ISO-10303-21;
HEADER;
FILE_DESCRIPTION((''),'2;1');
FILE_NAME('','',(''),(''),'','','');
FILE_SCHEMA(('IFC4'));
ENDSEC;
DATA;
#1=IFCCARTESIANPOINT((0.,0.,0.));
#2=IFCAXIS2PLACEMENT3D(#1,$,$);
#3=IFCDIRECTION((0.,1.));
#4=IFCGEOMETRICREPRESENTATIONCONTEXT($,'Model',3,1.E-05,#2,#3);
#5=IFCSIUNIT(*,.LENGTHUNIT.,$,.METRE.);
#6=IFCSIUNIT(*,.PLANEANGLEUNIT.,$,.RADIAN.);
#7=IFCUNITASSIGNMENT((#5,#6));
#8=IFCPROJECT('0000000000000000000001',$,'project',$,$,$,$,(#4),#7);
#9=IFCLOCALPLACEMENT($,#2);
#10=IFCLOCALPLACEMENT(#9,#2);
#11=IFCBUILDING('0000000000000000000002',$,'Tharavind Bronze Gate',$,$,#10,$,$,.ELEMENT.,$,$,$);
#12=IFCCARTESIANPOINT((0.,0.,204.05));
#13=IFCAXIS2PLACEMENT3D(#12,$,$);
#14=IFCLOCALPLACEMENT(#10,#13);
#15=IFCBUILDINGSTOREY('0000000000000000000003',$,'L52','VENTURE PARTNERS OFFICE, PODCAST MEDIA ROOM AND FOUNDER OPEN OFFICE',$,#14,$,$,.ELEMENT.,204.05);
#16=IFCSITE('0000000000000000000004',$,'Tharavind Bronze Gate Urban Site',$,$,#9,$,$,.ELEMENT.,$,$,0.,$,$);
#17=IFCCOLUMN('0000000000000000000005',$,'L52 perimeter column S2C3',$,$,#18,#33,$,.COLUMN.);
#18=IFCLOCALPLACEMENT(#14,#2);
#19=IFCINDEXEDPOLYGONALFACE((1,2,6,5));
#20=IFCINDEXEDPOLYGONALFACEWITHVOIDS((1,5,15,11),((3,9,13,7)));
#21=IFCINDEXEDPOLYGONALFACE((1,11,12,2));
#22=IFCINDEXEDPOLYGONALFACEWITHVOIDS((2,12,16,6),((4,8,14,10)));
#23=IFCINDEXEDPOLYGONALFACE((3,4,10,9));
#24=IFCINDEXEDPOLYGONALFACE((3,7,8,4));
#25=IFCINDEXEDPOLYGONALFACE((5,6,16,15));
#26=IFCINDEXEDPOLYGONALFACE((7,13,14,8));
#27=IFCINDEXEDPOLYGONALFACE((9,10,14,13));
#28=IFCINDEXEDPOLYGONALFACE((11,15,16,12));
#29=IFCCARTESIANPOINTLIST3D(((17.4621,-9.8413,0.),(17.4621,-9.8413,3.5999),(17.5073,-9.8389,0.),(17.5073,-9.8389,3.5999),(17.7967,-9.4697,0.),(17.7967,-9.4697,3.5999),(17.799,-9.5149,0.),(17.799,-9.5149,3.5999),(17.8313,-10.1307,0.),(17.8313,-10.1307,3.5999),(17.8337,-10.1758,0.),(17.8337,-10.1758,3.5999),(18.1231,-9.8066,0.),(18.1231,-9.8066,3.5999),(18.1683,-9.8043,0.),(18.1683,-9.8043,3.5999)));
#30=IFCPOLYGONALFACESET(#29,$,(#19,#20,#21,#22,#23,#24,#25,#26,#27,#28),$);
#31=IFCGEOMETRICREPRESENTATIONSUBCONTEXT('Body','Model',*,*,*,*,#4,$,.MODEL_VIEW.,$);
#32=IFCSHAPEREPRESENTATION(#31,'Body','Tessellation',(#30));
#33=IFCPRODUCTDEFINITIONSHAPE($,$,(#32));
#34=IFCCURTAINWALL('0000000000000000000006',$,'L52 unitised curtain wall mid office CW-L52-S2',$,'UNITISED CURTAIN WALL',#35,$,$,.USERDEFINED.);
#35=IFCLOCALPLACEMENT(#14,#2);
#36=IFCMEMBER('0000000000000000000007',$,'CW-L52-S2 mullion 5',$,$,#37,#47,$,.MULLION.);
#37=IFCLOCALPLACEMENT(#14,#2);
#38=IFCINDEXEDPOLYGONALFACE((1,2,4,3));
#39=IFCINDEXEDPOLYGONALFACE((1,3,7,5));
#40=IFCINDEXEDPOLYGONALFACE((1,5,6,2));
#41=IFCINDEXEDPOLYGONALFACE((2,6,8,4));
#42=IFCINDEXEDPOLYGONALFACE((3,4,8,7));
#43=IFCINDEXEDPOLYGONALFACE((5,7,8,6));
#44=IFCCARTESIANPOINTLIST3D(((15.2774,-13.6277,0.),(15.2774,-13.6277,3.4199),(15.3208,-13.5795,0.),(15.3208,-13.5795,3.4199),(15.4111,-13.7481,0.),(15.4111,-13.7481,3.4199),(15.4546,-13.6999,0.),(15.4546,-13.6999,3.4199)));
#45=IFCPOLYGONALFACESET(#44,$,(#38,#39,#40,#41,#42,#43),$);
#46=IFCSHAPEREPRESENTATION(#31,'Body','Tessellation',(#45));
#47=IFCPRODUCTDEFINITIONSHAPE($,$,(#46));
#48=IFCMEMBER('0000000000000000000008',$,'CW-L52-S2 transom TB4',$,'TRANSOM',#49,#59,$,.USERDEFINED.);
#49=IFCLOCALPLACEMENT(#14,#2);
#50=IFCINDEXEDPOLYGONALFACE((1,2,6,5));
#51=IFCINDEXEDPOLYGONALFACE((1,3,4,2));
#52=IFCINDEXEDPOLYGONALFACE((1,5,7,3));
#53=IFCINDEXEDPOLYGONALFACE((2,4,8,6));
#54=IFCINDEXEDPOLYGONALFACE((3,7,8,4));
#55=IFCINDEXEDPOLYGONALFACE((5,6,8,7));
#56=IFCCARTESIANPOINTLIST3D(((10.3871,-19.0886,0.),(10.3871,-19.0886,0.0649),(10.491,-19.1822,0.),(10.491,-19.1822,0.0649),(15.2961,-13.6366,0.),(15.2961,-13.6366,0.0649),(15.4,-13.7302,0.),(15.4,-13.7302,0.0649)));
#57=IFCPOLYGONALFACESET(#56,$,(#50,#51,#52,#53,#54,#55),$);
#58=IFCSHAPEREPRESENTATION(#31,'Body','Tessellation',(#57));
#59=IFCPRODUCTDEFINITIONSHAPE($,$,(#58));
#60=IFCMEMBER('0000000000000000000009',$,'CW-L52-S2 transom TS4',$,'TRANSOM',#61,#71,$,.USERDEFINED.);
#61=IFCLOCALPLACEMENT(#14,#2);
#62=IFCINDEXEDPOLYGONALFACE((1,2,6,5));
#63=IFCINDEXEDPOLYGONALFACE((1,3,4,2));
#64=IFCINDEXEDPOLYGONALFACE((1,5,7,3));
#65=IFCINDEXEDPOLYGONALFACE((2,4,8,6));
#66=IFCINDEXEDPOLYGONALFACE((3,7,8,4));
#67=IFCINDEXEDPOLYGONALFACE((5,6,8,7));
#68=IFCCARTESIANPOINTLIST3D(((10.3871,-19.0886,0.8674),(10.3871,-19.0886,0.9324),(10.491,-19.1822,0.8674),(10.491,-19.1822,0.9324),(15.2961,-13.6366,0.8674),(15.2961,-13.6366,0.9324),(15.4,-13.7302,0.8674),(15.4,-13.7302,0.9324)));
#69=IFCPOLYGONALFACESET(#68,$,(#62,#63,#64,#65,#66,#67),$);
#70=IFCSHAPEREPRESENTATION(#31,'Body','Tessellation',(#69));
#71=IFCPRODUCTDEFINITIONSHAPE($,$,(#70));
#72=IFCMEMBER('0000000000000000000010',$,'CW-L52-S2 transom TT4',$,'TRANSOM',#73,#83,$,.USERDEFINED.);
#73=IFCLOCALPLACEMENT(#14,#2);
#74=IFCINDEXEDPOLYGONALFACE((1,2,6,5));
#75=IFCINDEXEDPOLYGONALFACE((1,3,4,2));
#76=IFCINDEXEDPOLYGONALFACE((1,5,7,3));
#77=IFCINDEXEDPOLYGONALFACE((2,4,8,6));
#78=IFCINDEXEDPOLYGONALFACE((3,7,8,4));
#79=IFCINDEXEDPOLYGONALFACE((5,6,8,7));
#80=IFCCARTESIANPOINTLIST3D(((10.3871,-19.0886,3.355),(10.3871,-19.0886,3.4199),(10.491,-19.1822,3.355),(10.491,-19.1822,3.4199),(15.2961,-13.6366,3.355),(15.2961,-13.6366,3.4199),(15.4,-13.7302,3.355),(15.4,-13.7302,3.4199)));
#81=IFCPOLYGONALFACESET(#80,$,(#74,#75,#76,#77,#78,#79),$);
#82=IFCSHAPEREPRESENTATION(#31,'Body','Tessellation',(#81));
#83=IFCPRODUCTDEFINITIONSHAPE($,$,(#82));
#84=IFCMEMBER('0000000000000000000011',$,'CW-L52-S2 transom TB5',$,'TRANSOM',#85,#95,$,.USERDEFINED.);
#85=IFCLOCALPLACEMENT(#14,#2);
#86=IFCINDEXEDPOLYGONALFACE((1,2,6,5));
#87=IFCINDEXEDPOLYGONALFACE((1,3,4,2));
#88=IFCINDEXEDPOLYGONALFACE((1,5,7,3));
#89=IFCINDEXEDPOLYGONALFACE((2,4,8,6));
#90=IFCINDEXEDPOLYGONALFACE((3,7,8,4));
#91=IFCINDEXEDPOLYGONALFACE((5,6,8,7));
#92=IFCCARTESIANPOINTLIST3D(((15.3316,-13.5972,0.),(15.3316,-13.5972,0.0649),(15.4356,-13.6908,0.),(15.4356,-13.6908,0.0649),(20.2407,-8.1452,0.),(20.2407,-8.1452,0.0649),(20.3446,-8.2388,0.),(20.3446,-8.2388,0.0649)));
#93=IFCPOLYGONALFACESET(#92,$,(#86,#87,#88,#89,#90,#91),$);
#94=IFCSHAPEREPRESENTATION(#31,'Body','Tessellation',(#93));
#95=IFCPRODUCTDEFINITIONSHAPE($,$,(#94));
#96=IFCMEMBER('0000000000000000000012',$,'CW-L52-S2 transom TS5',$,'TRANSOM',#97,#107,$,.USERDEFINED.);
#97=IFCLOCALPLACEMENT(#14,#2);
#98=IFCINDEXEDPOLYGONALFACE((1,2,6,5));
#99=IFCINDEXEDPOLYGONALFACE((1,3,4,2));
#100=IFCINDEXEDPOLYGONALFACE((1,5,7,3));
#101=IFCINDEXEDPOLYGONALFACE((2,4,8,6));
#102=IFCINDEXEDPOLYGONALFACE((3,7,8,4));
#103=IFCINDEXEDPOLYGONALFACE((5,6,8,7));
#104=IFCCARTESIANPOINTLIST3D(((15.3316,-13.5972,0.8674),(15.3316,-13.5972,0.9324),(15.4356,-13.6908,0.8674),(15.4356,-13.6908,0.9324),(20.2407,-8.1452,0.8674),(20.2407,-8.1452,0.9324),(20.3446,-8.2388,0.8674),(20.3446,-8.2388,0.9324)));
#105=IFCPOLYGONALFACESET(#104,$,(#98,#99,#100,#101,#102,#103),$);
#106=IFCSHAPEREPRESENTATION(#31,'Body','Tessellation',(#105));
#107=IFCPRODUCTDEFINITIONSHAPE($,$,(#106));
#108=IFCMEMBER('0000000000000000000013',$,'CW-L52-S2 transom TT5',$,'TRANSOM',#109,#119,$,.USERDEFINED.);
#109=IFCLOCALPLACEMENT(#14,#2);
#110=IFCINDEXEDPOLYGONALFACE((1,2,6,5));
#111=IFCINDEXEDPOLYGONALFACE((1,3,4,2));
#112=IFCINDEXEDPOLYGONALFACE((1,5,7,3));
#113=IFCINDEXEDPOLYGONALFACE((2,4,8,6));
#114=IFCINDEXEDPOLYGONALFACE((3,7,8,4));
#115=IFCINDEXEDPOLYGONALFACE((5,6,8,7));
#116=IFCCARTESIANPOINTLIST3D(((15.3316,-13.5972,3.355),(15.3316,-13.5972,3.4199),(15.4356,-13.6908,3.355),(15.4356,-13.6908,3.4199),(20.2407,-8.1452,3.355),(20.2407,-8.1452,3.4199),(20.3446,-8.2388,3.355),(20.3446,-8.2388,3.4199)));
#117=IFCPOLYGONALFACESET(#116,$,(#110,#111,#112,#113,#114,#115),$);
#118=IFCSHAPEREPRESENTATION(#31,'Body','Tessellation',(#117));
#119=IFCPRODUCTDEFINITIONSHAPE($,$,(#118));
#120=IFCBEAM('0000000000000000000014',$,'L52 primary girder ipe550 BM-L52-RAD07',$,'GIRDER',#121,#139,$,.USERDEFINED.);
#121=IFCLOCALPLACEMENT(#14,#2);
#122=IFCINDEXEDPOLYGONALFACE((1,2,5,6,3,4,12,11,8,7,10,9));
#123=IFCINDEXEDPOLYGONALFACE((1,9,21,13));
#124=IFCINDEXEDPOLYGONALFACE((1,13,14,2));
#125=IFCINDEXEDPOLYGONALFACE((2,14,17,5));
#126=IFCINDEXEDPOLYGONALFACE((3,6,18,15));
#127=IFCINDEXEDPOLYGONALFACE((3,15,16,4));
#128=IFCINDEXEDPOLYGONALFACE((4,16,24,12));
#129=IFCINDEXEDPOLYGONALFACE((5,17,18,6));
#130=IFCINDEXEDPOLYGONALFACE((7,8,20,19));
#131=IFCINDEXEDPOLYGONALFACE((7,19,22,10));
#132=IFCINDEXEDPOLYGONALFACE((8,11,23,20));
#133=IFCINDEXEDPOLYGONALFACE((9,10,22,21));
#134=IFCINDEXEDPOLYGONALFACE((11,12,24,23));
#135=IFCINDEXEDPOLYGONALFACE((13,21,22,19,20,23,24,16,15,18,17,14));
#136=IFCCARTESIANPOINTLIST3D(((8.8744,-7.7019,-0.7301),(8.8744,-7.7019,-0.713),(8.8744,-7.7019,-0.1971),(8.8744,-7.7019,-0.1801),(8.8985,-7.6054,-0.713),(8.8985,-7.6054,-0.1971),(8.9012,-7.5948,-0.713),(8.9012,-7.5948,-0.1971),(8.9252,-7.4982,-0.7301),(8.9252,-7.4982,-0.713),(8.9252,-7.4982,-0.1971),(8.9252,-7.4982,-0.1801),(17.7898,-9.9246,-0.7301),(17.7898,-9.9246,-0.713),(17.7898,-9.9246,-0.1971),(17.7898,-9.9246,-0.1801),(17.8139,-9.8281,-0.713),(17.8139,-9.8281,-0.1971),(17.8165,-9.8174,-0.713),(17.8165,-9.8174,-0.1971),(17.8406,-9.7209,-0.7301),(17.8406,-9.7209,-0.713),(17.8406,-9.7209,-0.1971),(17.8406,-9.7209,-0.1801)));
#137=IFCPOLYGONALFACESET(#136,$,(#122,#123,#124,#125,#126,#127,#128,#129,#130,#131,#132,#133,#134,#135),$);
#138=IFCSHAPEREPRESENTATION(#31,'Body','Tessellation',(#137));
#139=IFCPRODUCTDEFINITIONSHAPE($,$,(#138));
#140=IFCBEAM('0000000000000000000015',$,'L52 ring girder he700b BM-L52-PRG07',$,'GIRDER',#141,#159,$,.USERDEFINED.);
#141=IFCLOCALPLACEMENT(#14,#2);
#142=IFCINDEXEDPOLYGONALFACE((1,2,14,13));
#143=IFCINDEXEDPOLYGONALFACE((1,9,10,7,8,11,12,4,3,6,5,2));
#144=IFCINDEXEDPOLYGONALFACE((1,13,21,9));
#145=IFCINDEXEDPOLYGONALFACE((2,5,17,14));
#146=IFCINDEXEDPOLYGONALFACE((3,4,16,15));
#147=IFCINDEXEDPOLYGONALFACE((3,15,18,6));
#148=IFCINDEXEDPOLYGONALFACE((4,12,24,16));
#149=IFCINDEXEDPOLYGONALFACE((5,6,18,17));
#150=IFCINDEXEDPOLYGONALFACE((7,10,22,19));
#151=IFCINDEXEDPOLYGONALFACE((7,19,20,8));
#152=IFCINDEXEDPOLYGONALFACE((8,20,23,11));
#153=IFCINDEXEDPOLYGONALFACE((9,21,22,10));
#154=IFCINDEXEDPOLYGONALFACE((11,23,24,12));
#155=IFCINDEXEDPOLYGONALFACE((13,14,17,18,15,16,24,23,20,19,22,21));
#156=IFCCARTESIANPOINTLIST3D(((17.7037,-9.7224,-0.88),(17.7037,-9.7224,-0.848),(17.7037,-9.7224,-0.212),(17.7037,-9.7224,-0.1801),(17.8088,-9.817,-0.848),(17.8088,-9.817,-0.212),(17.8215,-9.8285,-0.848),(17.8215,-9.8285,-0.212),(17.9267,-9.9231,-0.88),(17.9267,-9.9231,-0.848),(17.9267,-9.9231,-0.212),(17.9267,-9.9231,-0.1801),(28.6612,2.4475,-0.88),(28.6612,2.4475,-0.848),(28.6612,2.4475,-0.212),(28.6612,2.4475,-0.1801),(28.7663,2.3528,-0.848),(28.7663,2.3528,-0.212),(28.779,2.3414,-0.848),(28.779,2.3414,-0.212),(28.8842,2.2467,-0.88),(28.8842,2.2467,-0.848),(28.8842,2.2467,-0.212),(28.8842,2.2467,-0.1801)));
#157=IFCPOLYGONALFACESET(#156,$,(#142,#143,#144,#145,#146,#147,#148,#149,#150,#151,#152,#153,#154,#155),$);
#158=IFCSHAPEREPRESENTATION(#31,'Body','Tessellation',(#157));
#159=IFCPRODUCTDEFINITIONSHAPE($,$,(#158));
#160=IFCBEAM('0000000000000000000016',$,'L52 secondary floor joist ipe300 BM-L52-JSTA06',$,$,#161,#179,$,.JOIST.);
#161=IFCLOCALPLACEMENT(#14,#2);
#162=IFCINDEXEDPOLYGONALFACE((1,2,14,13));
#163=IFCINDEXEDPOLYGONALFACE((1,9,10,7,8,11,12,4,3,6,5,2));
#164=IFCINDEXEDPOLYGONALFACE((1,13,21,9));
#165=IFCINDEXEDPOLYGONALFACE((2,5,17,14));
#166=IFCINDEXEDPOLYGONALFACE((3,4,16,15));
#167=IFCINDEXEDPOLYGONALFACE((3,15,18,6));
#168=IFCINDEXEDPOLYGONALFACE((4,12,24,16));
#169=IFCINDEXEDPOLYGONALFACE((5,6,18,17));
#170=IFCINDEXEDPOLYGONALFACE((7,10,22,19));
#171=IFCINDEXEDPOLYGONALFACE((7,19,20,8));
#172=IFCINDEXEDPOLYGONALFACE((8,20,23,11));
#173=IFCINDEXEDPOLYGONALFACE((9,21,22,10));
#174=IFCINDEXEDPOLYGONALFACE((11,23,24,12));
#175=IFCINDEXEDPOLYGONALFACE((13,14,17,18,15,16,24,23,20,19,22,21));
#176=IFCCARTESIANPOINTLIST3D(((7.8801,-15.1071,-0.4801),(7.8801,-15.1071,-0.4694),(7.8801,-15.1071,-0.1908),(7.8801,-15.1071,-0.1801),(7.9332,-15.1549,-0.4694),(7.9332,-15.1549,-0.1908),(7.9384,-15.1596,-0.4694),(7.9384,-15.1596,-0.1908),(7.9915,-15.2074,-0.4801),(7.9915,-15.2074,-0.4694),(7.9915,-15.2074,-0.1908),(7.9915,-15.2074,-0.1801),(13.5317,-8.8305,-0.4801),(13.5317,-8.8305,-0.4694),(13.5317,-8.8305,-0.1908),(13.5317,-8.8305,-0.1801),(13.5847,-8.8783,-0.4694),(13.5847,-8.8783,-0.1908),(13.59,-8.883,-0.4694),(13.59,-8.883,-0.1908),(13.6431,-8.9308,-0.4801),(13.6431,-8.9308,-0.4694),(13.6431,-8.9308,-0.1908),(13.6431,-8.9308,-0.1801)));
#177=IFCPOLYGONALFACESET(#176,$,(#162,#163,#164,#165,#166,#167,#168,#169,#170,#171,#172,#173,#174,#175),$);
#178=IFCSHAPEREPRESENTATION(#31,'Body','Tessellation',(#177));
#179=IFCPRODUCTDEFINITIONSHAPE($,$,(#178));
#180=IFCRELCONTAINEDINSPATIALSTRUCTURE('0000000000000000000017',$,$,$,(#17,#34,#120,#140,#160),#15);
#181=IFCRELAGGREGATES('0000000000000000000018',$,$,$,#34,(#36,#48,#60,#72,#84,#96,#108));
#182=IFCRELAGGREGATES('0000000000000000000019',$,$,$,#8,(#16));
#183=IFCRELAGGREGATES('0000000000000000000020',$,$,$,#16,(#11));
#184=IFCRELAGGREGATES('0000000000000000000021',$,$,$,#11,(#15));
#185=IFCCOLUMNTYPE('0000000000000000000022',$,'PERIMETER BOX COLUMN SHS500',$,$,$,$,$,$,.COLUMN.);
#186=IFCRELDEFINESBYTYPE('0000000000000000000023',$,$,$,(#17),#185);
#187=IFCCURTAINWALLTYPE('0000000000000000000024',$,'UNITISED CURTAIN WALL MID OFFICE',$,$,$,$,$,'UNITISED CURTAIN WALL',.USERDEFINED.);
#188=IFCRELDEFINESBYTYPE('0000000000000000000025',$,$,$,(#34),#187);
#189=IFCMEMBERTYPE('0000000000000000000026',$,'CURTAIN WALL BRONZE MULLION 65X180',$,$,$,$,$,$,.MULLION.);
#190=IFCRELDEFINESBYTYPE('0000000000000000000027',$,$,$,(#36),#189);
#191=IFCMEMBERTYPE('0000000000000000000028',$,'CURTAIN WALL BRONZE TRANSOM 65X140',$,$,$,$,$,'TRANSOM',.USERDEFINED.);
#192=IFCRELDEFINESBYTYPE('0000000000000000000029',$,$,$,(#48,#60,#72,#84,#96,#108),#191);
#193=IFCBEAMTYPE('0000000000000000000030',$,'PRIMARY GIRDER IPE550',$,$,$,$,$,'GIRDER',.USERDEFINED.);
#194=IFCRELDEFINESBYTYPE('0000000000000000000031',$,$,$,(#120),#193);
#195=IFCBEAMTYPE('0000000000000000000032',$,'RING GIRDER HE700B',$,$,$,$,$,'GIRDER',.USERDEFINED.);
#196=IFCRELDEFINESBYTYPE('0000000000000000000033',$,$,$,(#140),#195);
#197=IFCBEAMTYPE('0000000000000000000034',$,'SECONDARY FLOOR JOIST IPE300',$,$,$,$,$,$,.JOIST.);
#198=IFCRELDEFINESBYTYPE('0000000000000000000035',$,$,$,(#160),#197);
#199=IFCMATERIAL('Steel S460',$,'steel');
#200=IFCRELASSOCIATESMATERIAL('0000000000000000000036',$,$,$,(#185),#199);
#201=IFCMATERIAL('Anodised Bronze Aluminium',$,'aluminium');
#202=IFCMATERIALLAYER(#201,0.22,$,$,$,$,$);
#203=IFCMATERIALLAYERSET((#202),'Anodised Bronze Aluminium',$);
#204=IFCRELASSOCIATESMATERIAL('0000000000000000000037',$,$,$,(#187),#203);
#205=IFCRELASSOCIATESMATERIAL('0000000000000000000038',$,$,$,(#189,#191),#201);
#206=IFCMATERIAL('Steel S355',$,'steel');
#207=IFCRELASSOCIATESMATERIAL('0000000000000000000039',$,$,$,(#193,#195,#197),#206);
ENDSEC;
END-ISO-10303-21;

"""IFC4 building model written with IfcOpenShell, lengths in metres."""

from ifc_helpers import new_model, si_unit, direction, frame, origin, origin_2d, place, context, subcontext, project, spatial, rectangle, hollow_rectangle, i_section, extrude, material, layer, layer_set, material_profile, profile_set, type_object, element, aggregate, save


model = new_model("IFC4")

# Units and contexts
model_context = context("Model", 3, precision=1e-05, world=origin(), true_north=direction((0.0, 1.0)))
body_context = subcontext(model_context, "Body", "Model", "MODEL_VIEW")
ifc_project = project(units=[si_unit("LENGTHUNIT", "METRE"), si_unit("PLANEANGLEUNIT", "RADIAN")], contexts=[model_context])

# Site, building, storey
site_placement = place(None, origin())
site = spatial("IfcSite", under=ifc_project, at=site_placement, Name="Tharavind Bronze Gate Urban Site", CompositionType="ELEMENT", RefElevation=0.0)
building_placement = place(site_placement, origin())
building = spatial("IfcBuilding", under=site, at=building_placement, Name="Tharavind Bronze Gate", CompositionType="ELEMENT")
storey_placement = place(building_placement, frame((0.0, 0.0, 204.05)))
storey = spatial("IfcBuildingStorey", under=building, at=storey_placement, Name="L52", Description="VENTURE PARTNERS OFFICE, PODCAST MEDIA ROOM AND FOUNDER OPEN OFFICE", CompositionType="ELEMENT", Elevation=204.05)

# Column
ifc_material_1 = material(Name="Steel S460", Category="steel")
ifc_material_profile_1 = material_profile(ifc_material_1, hollow_rectangle(XDim=0.5, YDim=0.5, WallThickness=0.032, at=origin_2d()), Name="SHS500X32")
ifc_profile_set_1 = profile_set([ifc_material_profile_1], Name="Steel S460")
column_type = type_object("IfcColumnType", Name="PERIMETER BOX COLUMN SHS500", PredefinedType="COLUMN", material=ifc_profile_set_1)
column_placement = place(storey_placement, frame((17.8152, -9.8228, 0.0), z_axis=(0.0, 0.0, 1.0), x_axis=(0.669131, 0.743145, 0.0)))
element("IfcColumn", 1, at=column_placement, inside=storey, type_object=column_type, Name="L52 perimeter column S2C3", PredefinedType="COLUMN", context=body_context, shape_type="SweptSolid", body=[
    extrude(hollow_rectangle(XDim=0.5, YDim=0.5, WallThickness=0.032, at=origin_2d()), origin(), (0.0, 0.0, 1.0), 3.5999),
])

# Curtain wall, members
ifc_material_2 = material(Name="Anodised Bronze Aluminium", Category="aluminium")
ifc_layer_1 = layer(ifc_material_2, 0.22)
ifc_layer_set_1 = layer_set([ifc_layer_1], Name="Anodised Bronze Aluminium")
curtain_wall_type = type_object("IfcCurtainWallType", Name="UNITISED CURTAIN WALL MID OFFICE", ElementType="UNITISED CURTAIN WALL", PredefinedType="USERDEFINED", material=ifc_layer_set_1)
curtain_wall_placement = place(storey_placement, origin())
curtain_wall = element("IfcCurtainWall", 2, at=curtain_wall_placement, inside=storey, type_object=curtain_wall_type, Name="L52 unitised curtain wall mid office CW-L52-S2", ObjectType="UNITISED CURTAIN WALL", PredefinedType="USERDEFINED")
member_type_1 = type_object("IfcMemberType", Name="CURTAIN WALL BRONZE MULLION 65X180", PredefinedType="MULLION", material=ifc_material_2)
member_1_placement = place(storey_placement, frame((15.366, -13.6638, 0.0), z_axis=(0.0, 0.0, 1.0), x_axis=(0.669131, 0.743145, 0.0)))
member_1 = element("IfcMember", 3, at=member_1_placement, type_object=member_type_1, Name="CW-L52-S2 mullion 5", PredefinedType="MULLION", context=body_context, shape_type="SweptSolid", body=[
    extrude(rectangle(XDim=0.0649, YDim=0.1799, at=origin_2d()), origin(), (0.0, 0.0, 1.0), 3.4199),
])
member_type_2 = type_object("IfcMemberType", Name="CURTAIN WALL BRONZE TRANSOM 65X140", ElementType="TRANSOM", PredefinedType="USERDEFINED", material=ifc_material_2)
member_2_placement = place(storey_placement, frame((12.8936, -16.4094, 0.0), z_axis=(0.0, 0.0, 1.0), x_axis=(0.669131, 0.743145, 0.0)))
member_2 = element("IfcMember", 4, at=member_2_placement, type_object=member_type_2, Name="CW-L52-S2 transom TB4", ObjectType="TRANSOM", PredefinedType="USERDEFINED", context=body_context, shape_type="SweptSolid", body=[
    extrude(rectangle(XDim=7.3364, YDim=0.1399, at=origin_2d()), origin(), (0.0, 0.0, 1.0), 0.0649),
])
member_3_placement = place(storey_placement, frame((12.8936, -16.4094, 0.8674), z_axis=(0.0, 0.0, 1.0), x_axis=(0.669131, 0.743145, 0.0)))
member_3 = element("IfcMember", 5, at=member_3_placement, type_object=member_type_2, Name="CW-L52-S2 transom TS4", ObjectType="TRANSOM", PredefinedType="USERDEFINED", context=body_context, shape_type="SweptSolid", body=[
    extrude(rectangle(XDim=7.3364, YDim=0.1399, at=origin_2d()), origin(), (0.0, 0.0, 1.0), 0.0649),
])
member_4_placement = place(storey_placement, frame((12.8936, -16.4094, 3.355), z_axis=(0.0, 0.0, 1.0), x_axis=(0.669131, 0.743145, 0.0)))
member_4 = element("IfcMember", 6, at=member_4_placement, type_object=member_type_2, Name="CW-L52-S2 transom TT4", ObjectType="TRANSOM", PredefinedType="USERDEFINED", context=body_context, shape_type="SweptSolid", body=[
    extrude(rectangle(XDim=7.3364, YDim=0.1399, at=origin_2d()), origin(), (0.0, 0.0, 1.0), 0.0649),
])
member_5_placement = place(storey_placement, frame((17.8381, -10.918, 0.0), z_axis=(0.0, 0.0, 1.0), x_axis=(0.669131, 0.743145, 0.0)))
member_5 = element("IfcMember", 7, at=member_5_placement, type_object=member_type_2, Name="CW-L52-S2 transom TB5", ObjectType="TRANSOM", PredefinedType="USERDEFINED", context=body_context, shape_type="SweptSolid", body=[
    extrude(rectangle(XDim=7.3364, YDim=0.1399, at=origin_2d()), origin(), (0.0, 0.0, 1.0), 0.0649),
])
member_6_placement = place(storey_placement, frame((17.8381, -10.918, 0.8674), z_axis=(0.0, 0.0, 1.0), x_axis=(0.669131, 0.743145, 0.0)))
member_6 = element("IfcMember", 8, at=member_6_placement, type_object=member_type_2, Name="CW-L52-S2 transom TS5", ObjectType="TRANSOM", PredefinedType="USERDEFINED", context=body_context, shape_type="SweptSolid", body=[
    extrude(rectangle(XDim=7.3364, YDim=0.1399, at=origin_2d()), origin(), (0.0, 0.0, 1.0), 0.0649),
])
member_7_placement = place(storey_placement, frame((17.8381, -10.918, 3.355), z_axis=(0.0, 0.0, 1.0), x_axis=(0.669131, 0.743145, 0.0)))
member_7 = element("IfcMember", 9, at=member_7_placement, type_object=member_type_2, Name="CW-L52-S2 transom TT5", ObjectType="TRANSOM", PredefinedType="USERDEFINED", context=body_context, shape_type="SweptSolid", body=[
    extrude(rectangle(XDim=7.3364, YDim=0.1399, at=origin_2d()), origin(), (0.0, 0.0, 1.0), 0.0649),
])

# Beams
ifc_material_3 = material(Name="Steel S355", Category="steel")
ifc_material_profile_2 = material_profile(ifc_material_3, i_section(OverallWidth=0.21, OverallDepth=0.55, WebThickness=0.011, FlangeThickness=0.0171, at=origin_2d()), Name="IPE550")
ifc_profile_set_2 = profile_set([ifc_material_profile_2], Name="Steel S355")
beam_type_1 = type_object("IfcBeamType", Name="PRIMARY GIRDER IPE550", ElementType="GIRDER", PredefinedType="USERDEFINED", material=ifc_profile_set_2)
beam_1_placement = place(storey_placement, frame((17.8152, -9.8228, -0.4551), z_axis=(-0.9703, 0.241904, 0.0), x_axis=(-0.241904, -0.9703, 0.0)))
element("IfcBeam", 10, at=beam_1_placement, inside=storey, type_object=beam_type_1, Name="L52 primary girder ipe550 BM-L52-RAD07", ObjectType="GIRDER", PredefinedType="USERDEFINED", context=body_context, shape_type="SweptSolid", body=[
    extrude(i_section(OverallWidth=0.21, OverallDepth=0.55, WebThickness=0.011, FlangeThickness=0.0171, at=origin_2d()), origin(), (0.0, 0.0, 1.0), 9.1882),
])
ifc_material_profile_3 = material_profile(ifc_material_3, i_section(OverallWidth=0.3, OverallDepth=0.7, WebThickness=0.0171, FlangeThickness=0.032, at=origin_2d()), Name="HE700B")
ifc_profile_set_3 = profile_set([ifc_material_profile_3], Name="Steel S355")
beam_type_2 = type_object("IfcBeamType", Name="RING GIRDER HE700B", ElementType="GIRDER", PredefinedType="USERDEFINED", material=ifc_profile_set_3)
beam_2_placement = place(storey_placement, frame((17.8152, -9.8228, -0.53), z_axis=(0.66912, 0.743155, 0.0), x_axis=(-0.743155, 0.66912, 0.0)))
element("IfcBeam", 11, at=beam_2_placement, inside=storey, type_object=beam_type_2, Name="L52 ring girder he700b BM-L52-PRG07", ObjectType="GIRDER", PredefinedType="USERDEFINED", context=body_context, shape_type="SweptSolid", body=[
    extrude(i_section(OverallWidth=0.3, OverallDepth=0.7, WebThickness=0.0171, FlangeThickness=0.032, at=origin_2d()), origin(), (0.0, 0.0, 1.0), 16.376),
])
ifc_material_profile_4 = material_profile(ifc_material_3, i_section(OverallWidth=0.1499, OverallDepth=0.3, WebThickness=0.0071, FlangeThickness=0.0107, at=origin_2d()), Name="IPE300")
ifc_profile_set_4 = profile_set([ifc_material_profile_4], Name="Steel S355")
beam_type_3 = type_object("IfcBeamType", Name="SECONDARY FLOOR JOIST IPE300", PredefinedType="JOIST", material=ifc_profile_set_4)
beam_3_placement = place(storey_placement, frame((7.9358, -15.1572, -0.3301), z_axis=(0.669139, 0.743137, 0.0), x_axis=(-0.743137, 0.669139, 0.0)))
element("IfcBeam", 12, at=beam_3_placement, inside=storey, type_object=beam_type_3, Name="L52 secondary floor joist ipe300 BM-L52-JSTA06", PredefinedType="JOIST", context=body_context, shape_type="SweptSolid", body=[
    extrude(i_section(OverallWidth=0.1499, OverallDepth=0.3, WebThickness=0.0071, FlangeThickness=0.0107, at=origin_2d()), origin(), (0.0, 0.0, 1.0), 8.446),
])

aggregate(curtain_wall, [member_1, member_2, member_3, member_4, member_5, member_6, member_7])

save(model, "model.ifc")
